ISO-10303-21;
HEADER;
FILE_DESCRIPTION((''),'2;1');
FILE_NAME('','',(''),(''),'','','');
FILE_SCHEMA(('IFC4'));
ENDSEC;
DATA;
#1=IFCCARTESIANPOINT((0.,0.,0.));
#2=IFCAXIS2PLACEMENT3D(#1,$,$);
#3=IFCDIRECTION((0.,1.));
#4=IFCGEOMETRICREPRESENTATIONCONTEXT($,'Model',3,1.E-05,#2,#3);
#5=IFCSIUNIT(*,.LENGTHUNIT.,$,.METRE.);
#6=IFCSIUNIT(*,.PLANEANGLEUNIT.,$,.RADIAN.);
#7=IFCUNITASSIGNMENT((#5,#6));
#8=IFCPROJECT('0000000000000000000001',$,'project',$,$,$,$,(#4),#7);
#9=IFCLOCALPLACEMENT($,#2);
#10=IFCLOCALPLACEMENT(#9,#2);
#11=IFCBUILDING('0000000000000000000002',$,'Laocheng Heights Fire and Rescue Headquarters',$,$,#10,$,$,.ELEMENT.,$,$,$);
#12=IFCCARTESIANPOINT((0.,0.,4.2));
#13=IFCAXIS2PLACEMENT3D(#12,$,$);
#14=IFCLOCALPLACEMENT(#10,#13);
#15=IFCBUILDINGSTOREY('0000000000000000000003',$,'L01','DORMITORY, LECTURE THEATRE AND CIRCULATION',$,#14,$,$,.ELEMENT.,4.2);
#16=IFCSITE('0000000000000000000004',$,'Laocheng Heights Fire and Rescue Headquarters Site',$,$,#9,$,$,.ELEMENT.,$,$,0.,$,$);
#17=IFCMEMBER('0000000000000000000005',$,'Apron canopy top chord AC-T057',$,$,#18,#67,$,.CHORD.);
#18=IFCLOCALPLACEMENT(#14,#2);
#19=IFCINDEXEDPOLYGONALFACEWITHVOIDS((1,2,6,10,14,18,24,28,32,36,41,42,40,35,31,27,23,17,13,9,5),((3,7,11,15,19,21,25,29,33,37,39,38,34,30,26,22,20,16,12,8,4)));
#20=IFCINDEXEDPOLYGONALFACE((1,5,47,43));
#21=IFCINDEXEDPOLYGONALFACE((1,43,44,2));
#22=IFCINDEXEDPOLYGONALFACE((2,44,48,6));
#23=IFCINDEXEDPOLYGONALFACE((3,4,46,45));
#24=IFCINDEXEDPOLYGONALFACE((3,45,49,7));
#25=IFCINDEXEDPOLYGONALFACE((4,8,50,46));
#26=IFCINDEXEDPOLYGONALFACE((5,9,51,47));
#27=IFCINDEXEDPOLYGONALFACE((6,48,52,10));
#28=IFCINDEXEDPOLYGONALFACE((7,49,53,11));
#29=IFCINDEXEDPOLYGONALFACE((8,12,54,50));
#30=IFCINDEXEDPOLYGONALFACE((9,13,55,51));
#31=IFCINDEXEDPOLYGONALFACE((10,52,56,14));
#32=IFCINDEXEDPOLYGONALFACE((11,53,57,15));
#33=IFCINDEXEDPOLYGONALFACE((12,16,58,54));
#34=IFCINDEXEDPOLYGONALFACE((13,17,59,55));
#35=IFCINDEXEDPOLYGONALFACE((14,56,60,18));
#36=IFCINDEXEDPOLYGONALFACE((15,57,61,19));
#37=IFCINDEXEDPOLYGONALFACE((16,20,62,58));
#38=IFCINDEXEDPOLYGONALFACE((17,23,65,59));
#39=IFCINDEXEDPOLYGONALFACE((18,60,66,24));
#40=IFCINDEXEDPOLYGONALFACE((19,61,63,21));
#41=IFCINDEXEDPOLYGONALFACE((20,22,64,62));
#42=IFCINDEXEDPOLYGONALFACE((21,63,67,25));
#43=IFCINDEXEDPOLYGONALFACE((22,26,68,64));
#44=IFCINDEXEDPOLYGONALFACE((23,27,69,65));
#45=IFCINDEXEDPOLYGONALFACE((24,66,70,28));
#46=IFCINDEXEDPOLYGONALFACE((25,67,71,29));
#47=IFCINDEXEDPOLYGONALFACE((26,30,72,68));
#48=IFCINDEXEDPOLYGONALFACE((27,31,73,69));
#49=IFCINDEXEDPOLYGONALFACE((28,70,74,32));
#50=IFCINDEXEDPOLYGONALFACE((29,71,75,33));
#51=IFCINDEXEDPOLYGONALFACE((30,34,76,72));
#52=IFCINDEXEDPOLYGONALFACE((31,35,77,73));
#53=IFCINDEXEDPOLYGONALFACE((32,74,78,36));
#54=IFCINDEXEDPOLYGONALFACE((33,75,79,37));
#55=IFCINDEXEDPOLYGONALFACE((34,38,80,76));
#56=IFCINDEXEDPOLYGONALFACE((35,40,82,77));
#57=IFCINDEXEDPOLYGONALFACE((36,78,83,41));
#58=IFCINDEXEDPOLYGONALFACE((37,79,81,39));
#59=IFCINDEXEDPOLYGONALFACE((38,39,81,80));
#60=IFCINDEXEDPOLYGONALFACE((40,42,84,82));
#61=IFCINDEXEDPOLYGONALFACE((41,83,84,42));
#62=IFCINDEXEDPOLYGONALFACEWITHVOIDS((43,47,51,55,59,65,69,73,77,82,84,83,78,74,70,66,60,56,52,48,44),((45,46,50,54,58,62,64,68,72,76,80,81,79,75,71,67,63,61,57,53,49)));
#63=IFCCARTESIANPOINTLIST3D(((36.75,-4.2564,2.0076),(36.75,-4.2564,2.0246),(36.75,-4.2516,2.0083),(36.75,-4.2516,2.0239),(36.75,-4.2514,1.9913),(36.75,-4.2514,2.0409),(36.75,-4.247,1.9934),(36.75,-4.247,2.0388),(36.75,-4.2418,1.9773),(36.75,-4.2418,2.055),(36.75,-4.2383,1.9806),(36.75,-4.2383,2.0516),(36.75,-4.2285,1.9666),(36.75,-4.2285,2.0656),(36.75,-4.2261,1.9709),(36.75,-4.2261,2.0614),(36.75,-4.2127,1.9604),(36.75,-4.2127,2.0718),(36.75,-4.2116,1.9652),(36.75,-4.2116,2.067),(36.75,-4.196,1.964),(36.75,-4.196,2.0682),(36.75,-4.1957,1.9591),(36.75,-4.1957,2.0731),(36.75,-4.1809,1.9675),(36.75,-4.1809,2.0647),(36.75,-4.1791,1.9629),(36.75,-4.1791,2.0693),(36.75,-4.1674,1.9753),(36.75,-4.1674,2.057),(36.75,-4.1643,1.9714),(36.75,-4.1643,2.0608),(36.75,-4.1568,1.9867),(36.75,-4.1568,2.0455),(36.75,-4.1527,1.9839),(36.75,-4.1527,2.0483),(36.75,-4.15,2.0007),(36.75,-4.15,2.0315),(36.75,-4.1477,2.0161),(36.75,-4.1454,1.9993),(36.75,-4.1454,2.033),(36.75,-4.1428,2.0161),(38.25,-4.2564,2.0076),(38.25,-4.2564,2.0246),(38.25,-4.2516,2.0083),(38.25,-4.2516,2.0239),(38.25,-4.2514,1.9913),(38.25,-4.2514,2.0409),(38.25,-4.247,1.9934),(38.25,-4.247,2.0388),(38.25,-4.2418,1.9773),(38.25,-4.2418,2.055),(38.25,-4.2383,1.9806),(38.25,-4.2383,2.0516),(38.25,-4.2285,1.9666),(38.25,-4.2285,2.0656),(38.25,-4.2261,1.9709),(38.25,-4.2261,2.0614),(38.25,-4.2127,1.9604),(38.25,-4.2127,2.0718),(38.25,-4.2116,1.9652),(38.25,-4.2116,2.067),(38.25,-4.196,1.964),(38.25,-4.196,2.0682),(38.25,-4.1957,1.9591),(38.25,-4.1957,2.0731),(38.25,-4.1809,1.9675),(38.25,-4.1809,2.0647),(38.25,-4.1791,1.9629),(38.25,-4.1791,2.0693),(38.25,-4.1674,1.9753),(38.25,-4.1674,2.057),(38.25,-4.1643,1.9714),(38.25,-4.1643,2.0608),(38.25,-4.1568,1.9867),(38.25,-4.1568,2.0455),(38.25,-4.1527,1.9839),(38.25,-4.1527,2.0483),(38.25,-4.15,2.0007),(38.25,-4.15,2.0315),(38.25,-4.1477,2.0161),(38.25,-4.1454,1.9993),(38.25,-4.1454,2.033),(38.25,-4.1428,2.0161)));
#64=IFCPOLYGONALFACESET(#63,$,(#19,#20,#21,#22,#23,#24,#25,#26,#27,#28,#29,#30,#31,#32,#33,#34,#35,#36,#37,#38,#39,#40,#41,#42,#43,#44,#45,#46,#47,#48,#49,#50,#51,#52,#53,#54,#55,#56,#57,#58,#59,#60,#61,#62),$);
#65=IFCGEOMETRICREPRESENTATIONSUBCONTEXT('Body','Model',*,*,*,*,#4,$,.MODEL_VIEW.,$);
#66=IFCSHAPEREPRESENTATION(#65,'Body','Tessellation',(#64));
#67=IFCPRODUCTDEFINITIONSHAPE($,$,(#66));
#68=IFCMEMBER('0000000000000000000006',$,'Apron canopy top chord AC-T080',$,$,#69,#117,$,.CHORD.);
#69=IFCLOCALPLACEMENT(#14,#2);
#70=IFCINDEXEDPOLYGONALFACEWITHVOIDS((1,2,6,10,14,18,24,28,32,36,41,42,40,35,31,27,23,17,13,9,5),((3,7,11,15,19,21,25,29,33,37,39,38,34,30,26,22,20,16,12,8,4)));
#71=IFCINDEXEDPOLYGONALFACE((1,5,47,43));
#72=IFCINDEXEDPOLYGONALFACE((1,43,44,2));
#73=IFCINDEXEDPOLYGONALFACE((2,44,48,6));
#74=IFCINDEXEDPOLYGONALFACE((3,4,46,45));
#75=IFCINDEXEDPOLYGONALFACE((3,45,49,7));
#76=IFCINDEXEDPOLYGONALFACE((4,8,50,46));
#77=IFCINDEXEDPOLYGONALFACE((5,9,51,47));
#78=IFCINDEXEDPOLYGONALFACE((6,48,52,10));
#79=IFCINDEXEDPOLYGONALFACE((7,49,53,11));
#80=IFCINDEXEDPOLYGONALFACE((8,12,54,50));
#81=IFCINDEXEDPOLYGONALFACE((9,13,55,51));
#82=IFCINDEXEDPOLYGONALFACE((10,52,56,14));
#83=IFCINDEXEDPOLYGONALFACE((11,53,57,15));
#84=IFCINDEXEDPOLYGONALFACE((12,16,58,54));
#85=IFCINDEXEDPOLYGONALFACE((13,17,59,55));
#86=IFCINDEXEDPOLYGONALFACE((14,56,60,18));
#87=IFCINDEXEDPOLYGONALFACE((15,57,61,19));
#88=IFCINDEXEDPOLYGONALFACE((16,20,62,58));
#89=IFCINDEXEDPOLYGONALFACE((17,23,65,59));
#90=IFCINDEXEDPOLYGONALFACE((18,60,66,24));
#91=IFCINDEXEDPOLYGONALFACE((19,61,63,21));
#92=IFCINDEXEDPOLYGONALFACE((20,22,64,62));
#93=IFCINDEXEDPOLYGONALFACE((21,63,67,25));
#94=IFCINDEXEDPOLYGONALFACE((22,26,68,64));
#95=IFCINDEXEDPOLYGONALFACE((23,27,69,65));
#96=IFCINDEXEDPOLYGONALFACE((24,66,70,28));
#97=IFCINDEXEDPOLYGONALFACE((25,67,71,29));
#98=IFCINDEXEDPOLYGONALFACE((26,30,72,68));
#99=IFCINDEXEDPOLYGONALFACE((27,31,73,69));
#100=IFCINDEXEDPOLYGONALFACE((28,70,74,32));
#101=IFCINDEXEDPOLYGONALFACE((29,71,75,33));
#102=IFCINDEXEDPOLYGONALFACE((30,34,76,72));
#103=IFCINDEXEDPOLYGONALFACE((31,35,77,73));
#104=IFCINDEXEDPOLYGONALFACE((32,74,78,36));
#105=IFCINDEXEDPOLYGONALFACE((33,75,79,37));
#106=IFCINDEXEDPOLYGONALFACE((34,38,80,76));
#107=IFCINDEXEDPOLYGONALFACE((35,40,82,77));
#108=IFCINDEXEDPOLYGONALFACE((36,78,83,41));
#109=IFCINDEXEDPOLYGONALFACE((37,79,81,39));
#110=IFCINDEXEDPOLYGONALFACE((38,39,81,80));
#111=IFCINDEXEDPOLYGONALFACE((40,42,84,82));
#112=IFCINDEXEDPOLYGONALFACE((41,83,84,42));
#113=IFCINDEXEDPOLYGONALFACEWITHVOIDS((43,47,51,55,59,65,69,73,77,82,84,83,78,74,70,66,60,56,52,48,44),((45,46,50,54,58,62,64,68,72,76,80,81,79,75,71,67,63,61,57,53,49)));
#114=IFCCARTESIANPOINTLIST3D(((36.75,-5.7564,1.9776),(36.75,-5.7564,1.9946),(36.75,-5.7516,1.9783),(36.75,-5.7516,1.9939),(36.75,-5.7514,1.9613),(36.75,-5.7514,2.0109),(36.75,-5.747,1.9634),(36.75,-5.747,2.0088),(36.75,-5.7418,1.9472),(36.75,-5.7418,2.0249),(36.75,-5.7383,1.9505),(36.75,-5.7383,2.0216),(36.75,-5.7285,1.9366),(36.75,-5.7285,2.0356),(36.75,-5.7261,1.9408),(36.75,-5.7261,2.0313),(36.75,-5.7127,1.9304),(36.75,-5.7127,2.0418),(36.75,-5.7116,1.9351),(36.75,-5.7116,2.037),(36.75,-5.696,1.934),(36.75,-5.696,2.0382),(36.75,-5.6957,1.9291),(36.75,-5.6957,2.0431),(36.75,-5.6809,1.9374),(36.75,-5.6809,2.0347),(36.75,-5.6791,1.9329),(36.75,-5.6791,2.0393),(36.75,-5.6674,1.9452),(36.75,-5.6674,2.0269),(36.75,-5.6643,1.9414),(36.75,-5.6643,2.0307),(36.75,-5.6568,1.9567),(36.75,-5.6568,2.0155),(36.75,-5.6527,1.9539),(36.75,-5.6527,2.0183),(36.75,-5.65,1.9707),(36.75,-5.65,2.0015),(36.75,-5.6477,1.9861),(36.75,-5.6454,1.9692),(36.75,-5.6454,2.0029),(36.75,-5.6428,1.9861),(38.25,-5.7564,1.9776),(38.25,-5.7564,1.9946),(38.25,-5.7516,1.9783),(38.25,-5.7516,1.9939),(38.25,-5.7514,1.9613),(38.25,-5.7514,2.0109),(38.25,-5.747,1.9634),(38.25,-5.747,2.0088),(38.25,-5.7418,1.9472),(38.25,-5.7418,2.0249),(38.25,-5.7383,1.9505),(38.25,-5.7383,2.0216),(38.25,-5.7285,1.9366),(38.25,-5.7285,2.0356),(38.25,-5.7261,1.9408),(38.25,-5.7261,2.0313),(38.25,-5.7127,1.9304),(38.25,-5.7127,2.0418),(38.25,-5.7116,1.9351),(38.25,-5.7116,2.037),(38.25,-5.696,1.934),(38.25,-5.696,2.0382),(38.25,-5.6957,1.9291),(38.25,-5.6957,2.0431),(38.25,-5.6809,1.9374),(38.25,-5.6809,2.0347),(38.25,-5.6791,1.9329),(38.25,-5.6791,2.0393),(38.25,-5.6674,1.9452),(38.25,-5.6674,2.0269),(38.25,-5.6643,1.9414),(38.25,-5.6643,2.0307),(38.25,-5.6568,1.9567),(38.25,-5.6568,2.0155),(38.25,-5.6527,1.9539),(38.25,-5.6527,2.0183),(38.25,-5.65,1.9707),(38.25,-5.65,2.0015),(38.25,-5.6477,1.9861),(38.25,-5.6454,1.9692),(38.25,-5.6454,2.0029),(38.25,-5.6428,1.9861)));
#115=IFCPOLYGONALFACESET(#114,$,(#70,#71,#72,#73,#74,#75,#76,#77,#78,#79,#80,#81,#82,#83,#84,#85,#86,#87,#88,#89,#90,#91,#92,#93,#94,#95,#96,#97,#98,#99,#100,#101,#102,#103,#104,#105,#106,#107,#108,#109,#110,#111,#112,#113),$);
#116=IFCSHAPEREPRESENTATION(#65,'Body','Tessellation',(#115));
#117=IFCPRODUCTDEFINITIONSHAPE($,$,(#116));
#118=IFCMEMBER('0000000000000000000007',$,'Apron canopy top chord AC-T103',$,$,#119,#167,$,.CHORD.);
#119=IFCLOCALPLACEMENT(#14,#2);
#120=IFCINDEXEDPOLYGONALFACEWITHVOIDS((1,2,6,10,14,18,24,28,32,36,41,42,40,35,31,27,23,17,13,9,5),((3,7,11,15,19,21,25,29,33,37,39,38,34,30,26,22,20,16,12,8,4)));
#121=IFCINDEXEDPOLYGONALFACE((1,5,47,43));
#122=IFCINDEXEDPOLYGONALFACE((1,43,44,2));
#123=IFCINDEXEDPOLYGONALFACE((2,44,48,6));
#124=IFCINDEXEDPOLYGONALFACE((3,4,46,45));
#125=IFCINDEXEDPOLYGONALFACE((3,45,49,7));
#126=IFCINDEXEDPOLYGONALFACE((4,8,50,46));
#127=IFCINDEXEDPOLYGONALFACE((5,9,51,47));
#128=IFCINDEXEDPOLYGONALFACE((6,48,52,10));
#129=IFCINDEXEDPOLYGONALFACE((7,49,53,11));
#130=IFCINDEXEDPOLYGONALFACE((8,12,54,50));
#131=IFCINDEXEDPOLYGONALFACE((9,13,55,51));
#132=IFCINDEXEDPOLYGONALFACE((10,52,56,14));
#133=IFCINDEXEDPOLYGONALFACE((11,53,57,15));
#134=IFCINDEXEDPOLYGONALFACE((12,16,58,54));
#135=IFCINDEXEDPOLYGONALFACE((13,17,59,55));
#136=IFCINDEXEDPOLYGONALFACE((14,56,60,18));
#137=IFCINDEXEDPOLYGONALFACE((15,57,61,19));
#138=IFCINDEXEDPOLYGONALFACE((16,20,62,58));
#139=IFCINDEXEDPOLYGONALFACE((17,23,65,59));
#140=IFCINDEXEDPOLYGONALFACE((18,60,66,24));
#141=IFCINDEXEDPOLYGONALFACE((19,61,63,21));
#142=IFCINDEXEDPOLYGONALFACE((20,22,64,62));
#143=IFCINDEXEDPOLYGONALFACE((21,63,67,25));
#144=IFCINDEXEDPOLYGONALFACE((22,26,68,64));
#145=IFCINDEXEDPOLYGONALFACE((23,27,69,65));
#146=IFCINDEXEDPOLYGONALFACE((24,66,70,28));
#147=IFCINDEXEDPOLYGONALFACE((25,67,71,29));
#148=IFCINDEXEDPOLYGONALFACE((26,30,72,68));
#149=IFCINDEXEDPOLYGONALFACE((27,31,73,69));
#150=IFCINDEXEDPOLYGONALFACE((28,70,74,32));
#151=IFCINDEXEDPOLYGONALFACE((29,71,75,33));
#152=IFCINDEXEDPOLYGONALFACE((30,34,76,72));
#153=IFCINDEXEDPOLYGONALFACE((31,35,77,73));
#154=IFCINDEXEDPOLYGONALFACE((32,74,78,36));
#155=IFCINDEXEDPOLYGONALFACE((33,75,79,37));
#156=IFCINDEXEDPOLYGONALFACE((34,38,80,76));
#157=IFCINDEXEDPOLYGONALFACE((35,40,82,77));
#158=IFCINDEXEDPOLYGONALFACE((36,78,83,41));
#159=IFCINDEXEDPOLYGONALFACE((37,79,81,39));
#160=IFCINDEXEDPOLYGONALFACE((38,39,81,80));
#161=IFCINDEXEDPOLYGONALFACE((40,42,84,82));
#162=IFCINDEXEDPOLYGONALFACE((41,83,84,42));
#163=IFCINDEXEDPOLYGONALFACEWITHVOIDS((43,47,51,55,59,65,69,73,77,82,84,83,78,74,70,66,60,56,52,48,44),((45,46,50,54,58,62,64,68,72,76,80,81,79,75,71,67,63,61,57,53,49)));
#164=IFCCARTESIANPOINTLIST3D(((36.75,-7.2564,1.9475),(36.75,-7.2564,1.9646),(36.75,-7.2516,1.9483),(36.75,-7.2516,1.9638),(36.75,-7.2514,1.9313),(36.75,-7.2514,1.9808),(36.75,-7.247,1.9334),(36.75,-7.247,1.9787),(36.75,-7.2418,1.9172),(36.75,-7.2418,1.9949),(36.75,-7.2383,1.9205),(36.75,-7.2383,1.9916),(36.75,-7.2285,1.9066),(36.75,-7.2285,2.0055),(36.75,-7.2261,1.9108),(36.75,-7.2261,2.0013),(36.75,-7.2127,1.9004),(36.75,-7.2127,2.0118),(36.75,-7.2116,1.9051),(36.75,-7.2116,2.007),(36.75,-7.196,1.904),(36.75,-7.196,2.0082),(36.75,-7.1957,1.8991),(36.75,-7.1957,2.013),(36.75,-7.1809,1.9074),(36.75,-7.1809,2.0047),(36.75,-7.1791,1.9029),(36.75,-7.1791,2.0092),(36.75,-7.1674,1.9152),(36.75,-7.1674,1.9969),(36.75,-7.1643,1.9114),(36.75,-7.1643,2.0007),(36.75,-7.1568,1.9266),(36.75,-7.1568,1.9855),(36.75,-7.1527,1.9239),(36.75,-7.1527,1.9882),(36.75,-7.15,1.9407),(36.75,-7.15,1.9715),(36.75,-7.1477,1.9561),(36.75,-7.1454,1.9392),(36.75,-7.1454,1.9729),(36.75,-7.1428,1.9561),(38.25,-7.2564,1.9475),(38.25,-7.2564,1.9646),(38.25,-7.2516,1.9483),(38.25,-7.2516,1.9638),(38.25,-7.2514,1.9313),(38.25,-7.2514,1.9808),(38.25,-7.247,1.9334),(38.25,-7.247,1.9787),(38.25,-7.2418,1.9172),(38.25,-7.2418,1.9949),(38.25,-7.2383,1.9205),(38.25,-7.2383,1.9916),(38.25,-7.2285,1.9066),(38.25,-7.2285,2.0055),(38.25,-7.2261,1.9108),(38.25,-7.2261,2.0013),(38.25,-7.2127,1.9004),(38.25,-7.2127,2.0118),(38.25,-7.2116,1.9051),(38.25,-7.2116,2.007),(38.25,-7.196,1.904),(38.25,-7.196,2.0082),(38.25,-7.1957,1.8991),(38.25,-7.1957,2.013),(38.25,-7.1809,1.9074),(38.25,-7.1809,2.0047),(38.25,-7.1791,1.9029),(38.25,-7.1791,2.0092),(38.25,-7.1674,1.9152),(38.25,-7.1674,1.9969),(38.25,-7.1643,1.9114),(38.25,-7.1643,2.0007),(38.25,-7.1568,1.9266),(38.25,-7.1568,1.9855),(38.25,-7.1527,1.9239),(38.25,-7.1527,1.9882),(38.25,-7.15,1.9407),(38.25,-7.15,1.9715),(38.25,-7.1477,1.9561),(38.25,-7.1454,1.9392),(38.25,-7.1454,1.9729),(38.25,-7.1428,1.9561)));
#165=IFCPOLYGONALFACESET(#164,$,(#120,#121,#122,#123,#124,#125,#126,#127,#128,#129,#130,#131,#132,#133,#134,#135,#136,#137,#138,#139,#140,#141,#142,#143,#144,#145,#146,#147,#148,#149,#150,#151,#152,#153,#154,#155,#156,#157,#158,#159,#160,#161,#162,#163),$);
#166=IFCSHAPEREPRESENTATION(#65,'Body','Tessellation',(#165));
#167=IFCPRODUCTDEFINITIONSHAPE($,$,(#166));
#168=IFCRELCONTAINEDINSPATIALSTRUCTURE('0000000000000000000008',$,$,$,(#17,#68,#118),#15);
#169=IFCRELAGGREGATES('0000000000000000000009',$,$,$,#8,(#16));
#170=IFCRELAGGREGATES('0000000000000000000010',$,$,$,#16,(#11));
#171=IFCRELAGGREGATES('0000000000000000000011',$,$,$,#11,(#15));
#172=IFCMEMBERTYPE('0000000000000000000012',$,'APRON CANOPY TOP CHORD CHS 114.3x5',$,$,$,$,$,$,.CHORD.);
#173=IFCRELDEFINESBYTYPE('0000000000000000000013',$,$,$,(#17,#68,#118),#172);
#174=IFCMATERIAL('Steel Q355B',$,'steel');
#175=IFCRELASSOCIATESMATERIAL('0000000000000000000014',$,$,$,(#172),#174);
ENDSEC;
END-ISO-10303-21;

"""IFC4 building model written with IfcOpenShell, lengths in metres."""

from ifc_helpers import new_model, si_unit, direction, frame, origin, origin_2d, place, context, subcontext, project, spatial, hollow_circle, extrude, material, material_profile, profile_set, type_object, element, save


model = new_model("IFC4")

# Units and contexts
model_context = context("Model", 3, precision=1e-05, world=origin(), true_north=direction((0.0, 1.0)))
body_context = subcontext(model_context, "Body", "Model", "MODEL_VIEW")
ifc_project = project(units=[si_unit("LENGTHUNIT", "METRE"), si_unit("PLANEANGLEUNIT", "RADIAN")], contexts=[model_context])

# Site, building, storey
site_placement = place(None, origin())
site = spatial("IfcSite", under=ifc_project, at=site_placement, Name="Laocheng Heights Fire and Rescue Headquarters Site", CompositionType="ELEMENT", RefElevation=0.0)
building_placement = place(site_placement, origin())
building = spatial("IfcBuilding", under=site, at=building_placement, Name="Laocheng Heights Fire and Rescue Headquarters", CompositionType="ELEMENT")
storey_placement = place(building_placement, frame((0.0, 0.0, 4.2)))
storey = spatial("IfcBuildingStorey", under=building, at=storey_placement, Name="L01", Description="DORMITORY, LECTURE THEATRE AND CIRCULATION", CompositionType="ELEMENT", Elevation=4.2)

# Members
ifc_material_1 = material(Name="Steel Q355B", Category="steel")
ifc_material_profile_1 = material_profile(ifc_material_1, hollow_circle(Radius=0.0571, WallThickness=0.0049, at=origin_2d()), Name="CHS 114.3x5")
ifc_profile_set_1 = profile_set([ifc_material_profile_1], Name="Steel Q355B")
member_type_1 = type_object("IfcMemberType", Name="APRON CANOPY TOP CHORD CHS 114.3x5", PredefinedType="CHORD", material=ifc_profile_set_1)
for number, where, z_axis, x_axis, name in (
    (1, (36.75, -4.2, 2.0161), (1.0, 0.0, 0.0), (0.0, 1.0, 0.0), "Apron canopy top chord AC-T057"),
    (2, (36.75, -5.7, 1.9861), (1.0, 0.0, 0.0), (0.0, 1.0, 0.0), "Apron canopy top chord AC-T080"),
    (3, (36.75, -7.2, 1.9561), (1.0, 0.0, 0.0), (0.0, 1.0, 0.0), "Apron canopy top chord AC-T103"),
):
    element("IfcMember", number, at=place(storey_placement, frame(where, z_axis=z_axis, x_axis=x_axis)), inside=storey, type_object=member_type_1, Name=name, PredefinedType="CHORD", context=body_context, shape_type="SweptSolid", body=[
        extrude(hollow_circle(Radius=0.0571, WallThickness=0.0049, at=origin_2d()), origin(), (0.0, 0.0, 1.0), 1.5),
    ])

save(model, "model.ifc")
